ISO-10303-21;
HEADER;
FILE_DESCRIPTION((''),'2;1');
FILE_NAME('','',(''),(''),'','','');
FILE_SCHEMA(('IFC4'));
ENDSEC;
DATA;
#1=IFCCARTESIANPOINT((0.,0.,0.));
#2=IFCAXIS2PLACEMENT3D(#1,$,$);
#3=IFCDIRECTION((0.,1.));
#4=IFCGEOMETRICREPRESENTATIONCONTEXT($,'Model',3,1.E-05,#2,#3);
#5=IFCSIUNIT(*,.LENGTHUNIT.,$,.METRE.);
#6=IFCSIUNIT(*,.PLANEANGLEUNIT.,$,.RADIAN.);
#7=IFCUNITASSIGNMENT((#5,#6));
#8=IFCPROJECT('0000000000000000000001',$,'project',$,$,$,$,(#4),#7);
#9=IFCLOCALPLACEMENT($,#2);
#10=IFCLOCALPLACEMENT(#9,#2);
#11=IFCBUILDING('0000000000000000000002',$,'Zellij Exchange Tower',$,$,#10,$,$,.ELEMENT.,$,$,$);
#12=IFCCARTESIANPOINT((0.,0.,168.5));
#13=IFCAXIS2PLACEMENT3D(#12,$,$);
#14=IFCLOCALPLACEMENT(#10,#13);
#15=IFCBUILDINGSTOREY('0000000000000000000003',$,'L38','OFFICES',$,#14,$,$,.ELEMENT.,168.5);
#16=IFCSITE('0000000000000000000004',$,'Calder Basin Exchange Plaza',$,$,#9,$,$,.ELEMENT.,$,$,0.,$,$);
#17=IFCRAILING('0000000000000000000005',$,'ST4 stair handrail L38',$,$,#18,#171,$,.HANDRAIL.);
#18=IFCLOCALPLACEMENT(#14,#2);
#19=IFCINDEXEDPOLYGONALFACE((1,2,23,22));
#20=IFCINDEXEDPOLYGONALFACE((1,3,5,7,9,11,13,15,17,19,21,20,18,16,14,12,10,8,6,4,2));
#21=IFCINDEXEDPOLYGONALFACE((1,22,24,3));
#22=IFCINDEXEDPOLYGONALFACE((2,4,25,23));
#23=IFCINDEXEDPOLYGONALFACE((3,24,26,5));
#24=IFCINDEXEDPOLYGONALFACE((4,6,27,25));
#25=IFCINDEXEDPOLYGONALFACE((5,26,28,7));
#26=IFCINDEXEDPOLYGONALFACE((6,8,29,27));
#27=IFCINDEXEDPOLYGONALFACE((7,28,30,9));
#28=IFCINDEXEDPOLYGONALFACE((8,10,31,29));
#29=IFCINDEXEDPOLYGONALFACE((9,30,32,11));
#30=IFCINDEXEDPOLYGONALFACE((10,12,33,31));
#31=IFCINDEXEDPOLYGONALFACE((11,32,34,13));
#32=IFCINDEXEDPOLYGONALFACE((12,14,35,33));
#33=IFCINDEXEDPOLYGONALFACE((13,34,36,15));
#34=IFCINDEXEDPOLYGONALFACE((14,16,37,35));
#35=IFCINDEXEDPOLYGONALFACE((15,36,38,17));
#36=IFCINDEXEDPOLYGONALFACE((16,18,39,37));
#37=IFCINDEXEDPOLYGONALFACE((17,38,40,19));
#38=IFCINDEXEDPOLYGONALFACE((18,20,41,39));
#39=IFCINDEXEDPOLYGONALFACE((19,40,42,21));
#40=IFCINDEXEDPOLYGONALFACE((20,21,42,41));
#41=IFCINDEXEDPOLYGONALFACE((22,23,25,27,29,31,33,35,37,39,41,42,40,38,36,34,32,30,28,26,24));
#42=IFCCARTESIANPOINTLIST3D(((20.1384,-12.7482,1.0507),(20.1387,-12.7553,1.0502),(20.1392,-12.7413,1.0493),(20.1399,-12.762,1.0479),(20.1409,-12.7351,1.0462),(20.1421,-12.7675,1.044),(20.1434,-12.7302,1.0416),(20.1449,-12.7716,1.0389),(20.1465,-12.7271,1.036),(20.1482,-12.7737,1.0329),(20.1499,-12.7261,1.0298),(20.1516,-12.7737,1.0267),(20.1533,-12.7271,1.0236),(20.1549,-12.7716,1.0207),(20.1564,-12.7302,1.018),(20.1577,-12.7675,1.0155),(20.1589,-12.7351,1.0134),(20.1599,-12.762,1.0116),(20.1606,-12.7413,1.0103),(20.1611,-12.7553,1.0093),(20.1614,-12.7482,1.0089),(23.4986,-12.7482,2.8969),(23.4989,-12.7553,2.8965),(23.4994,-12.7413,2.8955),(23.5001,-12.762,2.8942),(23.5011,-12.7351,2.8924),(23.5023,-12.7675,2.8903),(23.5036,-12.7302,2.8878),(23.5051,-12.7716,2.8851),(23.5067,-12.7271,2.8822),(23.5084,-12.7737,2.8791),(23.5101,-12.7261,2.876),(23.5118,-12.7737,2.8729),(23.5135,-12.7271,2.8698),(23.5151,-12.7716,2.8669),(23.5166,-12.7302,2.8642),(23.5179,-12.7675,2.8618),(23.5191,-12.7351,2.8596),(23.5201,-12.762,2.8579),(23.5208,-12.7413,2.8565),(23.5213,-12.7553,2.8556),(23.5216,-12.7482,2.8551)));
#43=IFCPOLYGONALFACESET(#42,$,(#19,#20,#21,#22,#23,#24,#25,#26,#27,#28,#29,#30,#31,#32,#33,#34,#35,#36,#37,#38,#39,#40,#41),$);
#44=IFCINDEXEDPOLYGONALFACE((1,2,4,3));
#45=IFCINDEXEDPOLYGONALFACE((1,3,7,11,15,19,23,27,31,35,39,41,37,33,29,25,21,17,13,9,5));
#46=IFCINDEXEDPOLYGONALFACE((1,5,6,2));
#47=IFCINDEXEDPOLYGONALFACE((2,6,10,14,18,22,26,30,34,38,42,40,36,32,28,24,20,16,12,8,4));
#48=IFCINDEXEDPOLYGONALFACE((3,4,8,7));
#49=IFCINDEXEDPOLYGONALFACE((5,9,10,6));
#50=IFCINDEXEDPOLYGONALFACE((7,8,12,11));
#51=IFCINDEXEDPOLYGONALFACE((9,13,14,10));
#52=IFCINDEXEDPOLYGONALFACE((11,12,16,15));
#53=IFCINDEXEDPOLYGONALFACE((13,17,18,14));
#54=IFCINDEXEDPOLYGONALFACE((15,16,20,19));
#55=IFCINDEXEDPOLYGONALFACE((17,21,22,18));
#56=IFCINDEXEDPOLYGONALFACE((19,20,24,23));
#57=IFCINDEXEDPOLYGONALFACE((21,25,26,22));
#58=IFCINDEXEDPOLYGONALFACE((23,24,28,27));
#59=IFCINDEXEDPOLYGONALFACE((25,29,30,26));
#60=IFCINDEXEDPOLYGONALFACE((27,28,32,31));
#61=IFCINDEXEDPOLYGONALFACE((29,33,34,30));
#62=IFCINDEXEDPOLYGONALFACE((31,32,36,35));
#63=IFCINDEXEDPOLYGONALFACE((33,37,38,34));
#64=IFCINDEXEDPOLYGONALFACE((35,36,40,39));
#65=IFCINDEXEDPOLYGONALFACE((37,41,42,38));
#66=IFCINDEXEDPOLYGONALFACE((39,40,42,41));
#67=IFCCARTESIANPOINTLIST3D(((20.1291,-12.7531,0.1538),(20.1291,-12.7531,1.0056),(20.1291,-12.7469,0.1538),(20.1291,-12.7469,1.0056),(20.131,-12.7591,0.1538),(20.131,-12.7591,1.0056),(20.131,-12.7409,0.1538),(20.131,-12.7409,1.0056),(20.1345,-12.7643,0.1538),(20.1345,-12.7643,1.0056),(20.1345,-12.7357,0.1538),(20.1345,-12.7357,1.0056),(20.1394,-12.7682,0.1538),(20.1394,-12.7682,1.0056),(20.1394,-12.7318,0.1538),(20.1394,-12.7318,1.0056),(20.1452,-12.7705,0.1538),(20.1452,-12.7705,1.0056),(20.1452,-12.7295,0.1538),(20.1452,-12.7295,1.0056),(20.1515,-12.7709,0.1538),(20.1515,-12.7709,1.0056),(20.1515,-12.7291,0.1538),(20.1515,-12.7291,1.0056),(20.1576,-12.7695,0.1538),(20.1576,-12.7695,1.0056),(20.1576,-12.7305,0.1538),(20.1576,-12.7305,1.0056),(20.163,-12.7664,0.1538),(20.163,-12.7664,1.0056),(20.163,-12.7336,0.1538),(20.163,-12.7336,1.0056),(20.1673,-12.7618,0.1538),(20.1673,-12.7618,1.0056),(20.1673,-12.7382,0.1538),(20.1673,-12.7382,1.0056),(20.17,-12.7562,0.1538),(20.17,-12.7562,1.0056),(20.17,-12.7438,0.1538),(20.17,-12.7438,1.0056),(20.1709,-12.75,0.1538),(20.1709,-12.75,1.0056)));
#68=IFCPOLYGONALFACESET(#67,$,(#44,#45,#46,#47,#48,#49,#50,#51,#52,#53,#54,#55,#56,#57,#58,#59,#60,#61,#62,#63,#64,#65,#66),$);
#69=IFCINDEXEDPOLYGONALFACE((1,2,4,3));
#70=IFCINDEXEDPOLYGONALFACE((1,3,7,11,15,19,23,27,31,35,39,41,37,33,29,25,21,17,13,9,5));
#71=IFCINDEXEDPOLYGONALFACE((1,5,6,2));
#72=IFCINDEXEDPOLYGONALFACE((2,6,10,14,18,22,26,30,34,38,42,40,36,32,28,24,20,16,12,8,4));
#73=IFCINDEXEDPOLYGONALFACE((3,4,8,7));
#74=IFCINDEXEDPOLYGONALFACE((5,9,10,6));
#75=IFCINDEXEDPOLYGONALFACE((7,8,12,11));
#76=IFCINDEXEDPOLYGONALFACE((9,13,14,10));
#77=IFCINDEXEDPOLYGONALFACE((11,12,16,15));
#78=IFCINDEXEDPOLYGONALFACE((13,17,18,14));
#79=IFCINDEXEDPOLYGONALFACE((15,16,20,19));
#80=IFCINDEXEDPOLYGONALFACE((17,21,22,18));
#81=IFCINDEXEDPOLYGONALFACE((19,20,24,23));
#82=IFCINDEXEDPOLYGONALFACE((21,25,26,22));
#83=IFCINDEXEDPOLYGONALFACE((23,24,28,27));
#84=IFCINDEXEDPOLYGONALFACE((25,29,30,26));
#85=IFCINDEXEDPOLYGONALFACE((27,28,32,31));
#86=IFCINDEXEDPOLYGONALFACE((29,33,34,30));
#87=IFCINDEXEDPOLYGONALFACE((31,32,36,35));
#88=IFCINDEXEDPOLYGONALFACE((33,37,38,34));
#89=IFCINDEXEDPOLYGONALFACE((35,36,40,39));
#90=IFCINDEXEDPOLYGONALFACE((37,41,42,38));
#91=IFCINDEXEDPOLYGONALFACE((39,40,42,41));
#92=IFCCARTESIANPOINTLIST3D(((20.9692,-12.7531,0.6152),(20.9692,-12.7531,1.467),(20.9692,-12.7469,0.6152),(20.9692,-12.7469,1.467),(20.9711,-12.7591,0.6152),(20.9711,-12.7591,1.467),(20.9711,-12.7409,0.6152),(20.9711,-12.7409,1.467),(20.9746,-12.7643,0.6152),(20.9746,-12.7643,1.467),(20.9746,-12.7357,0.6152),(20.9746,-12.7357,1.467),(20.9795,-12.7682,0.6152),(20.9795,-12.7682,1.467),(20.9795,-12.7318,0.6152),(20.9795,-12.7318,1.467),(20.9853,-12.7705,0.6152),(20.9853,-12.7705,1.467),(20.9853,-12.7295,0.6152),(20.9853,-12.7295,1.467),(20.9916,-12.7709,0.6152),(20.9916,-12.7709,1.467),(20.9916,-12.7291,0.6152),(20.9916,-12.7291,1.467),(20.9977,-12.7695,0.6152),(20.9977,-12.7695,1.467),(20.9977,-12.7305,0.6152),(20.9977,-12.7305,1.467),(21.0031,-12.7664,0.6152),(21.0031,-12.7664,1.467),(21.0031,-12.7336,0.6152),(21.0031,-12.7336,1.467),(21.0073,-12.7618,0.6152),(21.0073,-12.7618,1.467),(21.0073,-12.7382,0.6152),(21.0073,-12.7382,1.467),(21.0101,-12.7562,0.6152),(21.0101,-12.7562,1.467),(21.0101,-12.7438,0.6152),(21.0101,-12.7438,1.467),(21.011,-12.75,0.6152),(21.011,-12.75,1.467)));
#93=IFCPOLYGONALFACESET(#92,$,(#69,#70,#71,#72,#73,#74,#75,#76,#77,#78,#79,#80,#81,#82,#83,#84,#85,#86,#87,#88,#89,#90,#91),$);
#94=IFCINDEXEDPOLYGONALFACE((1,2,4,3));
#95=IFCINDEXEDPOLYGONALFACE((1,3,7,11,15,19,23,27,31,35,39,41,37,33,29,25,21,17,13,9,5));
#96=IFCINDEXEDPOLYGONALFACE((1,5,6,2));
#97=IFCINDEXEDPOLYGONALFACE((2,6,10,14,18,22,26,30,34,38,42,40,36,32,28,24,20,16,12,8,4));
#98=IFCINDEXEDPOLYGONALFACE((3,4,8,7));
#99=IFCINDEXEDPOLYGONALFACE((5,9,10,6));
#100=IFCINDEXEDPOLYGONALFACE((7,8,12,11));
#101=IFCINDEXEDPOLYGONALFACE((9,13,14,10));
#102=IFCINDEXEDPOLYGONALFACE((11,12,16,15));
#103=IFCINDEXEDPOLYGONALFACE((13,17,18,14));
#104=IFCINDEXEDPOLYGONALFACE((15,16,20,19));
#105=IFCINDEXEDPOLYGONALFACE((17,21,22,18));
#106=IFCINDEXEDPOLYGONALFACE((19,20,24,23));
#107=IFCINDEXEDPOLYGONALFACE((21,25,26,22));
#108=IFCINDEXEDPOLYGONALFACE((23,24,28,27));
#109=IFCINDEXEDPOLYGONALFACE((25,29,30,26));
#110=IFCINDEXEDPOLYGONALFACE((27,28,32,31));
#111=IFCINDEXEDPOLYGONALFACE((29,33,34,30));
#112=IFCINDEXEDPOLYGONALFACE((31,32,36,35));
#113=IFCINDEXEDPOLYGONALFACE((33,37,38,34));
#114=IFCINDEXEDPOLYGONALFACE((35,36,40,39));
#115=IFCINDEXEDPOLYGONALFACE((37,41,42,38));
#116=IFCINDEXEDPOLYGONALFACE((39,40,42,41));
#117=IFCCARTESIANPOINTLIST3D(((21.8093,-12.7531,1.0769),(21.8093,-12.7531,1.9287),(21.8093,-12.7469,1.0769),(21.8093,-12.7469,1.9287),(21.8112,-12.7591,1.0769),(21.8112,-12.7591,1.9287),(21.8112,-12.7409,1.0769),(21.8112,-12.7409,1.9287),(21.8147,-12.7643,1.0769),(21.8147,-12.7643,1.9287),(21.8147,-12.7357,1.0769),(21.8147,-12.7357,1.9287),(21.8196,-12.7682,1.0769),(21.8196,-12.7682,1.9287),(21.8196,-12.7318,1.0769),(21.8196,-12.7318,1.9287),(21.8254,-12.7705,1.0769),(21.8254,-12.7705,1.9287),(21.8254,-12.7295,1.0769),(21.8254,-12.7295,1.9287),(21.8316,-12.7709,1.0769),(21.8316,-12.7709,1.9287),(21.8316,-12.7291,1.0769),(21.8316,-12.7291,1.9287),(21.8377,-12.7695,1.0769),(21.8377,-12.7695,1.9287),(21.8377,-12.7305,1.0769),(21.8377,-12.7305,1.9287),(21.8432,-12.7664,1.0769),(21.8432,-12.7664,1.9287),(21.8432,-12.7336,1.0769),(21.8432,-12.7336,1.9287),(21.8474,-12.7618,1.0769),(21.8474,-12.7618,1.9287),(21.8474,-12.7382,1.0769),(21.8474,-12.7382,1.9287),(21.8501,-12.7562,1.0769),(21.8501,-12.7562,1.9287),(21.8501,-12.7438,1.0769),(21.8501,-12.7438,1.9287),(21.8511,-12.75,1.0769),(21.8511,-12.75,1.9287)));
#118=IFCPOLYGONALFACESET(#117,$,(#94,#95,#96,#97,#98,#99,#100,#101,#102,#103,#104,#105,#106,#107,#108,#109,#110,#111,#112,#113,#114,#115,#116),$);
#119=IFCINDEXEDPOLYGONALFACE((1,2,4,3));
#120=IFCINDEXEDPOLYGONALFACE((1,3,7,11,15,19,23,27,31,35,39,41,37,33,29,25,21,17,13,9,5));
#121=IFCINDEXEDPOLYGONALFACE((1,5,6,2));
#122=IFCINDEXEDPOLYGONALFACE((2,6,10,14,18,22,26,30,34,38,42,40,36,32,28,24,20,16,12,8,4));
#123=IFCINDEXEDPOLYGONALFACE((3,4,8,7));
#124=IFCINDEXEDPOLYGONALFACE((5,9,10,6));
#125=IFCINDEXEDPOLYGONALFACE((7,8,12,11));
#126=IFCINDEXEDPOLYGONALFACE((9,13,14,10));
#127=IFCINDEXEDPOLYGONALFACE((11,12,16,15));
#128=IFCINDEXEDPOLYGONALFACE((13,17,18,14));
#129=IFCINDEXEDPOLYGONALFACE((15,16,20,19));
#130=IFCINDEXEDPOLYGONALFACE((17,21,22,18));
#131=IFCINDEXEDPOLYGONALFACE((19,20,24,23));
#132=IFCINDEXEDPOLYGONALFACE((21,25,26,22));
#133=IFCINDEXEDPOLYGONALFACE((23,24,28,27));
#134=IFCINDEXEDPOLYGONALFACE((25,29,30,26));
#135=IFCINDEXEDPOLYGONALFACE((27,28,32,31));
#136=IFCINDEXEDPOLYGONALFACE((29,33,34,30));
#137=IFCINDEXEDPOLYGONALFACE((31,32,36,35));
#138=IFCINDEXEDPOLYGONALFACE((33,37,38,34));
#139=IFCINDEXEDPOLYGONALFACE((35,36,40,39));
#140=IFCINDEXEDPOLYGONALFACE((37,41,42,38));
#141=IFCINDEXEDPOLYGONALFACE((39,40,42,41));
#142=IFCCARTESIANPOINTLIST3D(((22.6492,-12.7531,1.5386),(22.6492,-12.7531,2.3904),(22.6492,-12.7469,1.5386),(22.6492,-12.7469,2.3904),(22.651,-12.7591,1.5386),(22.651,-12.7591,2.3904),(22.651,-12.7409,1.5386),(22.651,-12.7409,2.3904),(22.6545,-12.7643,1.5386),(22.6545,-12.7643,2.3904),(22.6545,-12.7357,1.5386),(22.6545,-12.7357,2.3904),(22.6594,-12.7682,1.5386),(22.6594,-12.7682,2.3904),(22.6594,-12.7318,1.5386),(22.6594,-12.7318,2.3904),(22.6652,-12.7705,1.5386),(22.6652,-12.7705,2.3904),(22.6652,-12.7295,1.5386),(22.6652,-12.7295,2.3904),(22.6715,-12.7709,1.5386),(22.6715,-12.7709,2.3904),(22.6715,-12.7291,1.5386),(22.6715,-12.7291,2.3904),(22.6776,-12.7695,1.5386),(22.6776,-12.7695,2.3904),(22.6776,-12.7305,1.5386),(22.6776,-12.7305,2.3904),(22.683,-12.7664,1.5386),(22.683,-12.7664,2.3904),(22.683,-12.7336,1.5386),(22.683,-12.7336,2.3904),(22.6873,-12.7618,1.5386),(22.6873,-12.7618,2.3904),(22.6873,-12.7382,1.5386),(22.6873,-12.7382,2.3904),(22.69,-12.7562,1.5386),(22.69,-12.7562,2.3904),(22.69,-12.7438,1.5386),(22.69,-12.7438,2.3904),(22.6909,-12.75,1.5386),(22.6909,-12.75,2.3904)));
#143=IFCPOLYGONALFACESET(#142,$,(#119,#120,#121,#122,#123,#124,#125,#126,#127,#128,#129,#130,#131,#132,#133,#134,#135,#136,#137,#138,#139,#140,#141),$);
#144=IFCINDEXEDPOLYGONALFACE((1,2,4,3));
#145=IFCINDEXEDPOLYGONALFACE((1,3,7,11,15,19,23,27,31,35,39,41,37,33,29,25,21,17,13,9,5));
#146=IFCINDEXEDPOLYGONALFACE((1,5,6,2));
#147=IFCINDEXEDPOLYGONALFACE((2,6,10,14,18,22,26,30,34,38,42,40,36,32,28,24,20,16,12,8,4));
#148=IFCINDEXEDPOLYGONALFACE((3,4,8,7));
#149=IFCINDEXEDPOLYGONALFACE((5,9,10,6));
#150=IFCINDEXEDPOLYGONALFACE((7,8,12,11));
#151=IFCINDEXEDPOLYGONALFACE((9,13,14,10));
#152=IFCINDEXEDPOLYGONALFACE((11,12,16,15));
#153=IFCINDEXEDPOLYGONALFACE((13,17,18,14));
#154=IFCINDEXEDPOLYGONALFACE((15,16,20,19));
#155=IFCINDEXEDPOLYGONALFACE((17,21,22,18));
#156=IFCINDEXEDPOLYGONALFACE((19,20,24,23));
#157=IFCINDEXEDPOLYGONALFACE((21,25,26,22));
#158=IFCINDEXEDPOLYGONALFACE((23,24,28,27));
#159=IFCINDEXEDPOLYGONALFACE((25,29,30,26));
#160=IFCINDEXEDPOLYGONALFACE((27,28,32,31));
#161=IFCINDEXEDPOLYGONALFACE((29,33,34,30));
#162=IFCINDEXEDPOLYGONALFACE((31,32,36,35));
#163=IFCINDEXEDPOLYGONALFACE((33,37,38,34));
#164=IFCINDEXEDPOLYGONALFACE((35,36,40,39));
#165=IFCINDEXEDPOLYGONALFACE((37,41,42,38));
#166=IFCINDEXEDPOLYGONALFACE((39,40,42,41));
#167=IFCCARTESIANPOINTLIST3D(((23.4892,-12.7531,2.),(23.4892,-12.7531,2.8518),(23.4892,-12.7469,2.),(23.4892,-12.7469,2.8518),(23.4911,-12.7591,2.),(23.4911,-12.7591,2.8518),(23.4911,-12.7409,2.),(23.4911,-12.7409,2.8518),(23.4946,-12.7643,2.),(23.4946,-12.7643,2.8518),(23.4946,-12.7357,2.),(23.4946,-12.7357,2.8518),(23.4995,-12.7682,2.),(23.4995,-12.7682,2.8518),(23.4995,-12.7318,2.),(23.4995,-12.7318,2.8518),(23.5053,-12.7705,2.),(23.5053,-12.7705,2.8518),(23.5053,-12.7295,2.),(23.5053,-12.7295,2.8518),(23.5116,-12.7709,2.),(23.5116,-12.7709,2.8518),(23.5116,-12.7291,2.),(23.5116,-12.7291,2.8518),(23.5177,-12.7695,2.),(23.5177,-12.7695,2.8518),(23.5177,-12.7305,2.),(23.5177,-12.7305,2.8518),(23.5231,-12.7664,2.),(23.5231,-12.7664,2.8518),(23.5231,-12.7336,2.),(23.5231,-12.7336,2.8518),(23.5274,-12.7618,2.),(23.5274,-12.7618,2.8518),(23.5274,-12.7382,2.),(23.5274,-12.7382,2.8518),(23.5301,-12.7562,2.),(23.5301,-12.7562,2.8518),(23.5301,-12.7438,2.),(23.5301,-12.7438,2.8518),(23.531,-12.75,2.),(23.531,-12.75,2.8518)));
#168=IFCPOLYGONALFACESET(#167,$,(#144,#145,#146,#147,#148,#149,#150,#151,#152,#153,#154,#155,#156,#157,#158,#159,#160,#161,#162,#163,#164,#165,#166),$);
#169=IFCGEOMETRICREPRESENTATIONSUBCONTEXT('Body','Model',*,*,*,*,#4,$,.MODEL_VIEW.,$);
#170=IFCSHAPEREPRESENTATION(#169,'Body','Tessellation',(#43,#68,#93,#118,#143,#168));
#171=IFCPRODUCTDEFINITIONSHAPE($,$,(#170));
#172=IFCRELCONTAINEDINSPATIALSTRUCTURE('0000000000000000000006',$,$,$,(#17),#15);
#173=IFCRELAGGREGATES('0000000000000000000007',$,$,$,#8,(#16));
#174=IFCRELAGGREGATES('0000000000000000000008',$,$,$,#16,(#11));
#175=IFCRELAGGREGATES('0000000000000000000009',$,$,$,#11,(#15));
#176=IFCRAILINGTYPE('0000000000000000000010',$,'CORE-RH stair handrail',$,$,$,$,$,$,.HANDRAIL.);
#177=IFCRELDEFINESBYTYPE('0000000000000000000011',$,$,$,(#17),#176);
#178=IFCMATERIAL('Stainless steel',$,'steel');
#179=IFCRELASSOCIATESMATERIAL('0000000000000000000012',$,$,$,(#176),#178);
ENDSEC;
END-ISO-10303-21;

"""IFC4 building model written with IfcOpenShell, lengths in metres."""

from ifc_helpers import new_model, si_unit, direction, frame, origin, origin_2d, place, context, subcontext, project, spatial, circle, extrude, material, type_object, element, save


model = new_model("IFC4")

# Units and contexts
model_context = context("Model", 3, precision=1e-05, world=origin(), true_north=direction((0.0, 1.0)))
body_context = subcontext(model_context, "Body", "Model", "MODEL_VIEW")
ifc_project = project(units=[si_unit("LENGTHUNIT", "METRE"), si_unit("PLANEANGLEUNIT", "RADIAN")], contexts=[model_context])

# Site, building, storey
site_placement = place(None, origin())
site = spatial("IfcSite", under=ifc_project, at=site_placement, Name="Calder Basin Exchange Plaza", CompositionType="ELEMENT", RefElevation=0.0)
building_placement = place(site_placement, origin())
building = spatial("IfcBuilding", under=site, at=building_placement, Name="Zellij Exchange Tower", CompositionType="ELEMENT")
storey_placement = place(building_placement, frame((0.0, 0.0, 168.5)))
storey = spatial("IfcBuildingStorey", under=building, at=storey_placement, Name="L38", Description="OFFICES", CompositionType="ELEMENT", Elevation=168.5)

# Railing
ifc_material_1 = material(Name="Stainless steel", Category="steel")
railing_type_1 = type_object("IfcRailingType", Name="CORE-RH stair handrail", PredefinedType="HANDRAIL", material=ifc_material_1)
railing_1_placement = place(storey_placement, frame((20.1499, -12.75, 0.1538)))
element("IfcRailing", 1, at=railing_1_placement, inside=storey, type_object=railing_type_1, Name="ST4 stair handrail L38", PredefinedType="HANDRAIL", context=body_context, shape_type="SweptSolid", body=[
    extrude(circle(Radius=0.0239, at=origin_2d()), frame((0.0, 0.0, 0.876), z_axis=(0.876422, 0.0, 0.481545), x_axis=(0.0, 1.0, 0.0)), (0.0, 0.0, 1.0), 3.834),
    extrude(circle(Radius=0.021, at=origin_2d()), origin(), (0.0, 0.0, 1.0), 0.8518),
    extrude(circle(Radius=0.021, at=origin_2d()), frame((0.8401, 0.0, 0.4614)), (0.0, 0.0, 1.0), 0.8518),
    extrude(circle(Radius=0.021, at=origin_2d()), frame((1.6802, 0.0, 0.9231)), (0.0, 0.0, 1.0), 0.8518),
    extrude(circle(Radius=0.021, at=origin_2d()), frame((2.52, 0.0, 1.3848)), (0.0, 0.0, 1.0), 0.8518),
    extrude(circle(Radius=0.021, at=origin_2d()), frame((3.3601, 0.0, 1.8462)), (0.0, 0.0, 1.0), 0.8518),
])

save(model, "model.ifc")
